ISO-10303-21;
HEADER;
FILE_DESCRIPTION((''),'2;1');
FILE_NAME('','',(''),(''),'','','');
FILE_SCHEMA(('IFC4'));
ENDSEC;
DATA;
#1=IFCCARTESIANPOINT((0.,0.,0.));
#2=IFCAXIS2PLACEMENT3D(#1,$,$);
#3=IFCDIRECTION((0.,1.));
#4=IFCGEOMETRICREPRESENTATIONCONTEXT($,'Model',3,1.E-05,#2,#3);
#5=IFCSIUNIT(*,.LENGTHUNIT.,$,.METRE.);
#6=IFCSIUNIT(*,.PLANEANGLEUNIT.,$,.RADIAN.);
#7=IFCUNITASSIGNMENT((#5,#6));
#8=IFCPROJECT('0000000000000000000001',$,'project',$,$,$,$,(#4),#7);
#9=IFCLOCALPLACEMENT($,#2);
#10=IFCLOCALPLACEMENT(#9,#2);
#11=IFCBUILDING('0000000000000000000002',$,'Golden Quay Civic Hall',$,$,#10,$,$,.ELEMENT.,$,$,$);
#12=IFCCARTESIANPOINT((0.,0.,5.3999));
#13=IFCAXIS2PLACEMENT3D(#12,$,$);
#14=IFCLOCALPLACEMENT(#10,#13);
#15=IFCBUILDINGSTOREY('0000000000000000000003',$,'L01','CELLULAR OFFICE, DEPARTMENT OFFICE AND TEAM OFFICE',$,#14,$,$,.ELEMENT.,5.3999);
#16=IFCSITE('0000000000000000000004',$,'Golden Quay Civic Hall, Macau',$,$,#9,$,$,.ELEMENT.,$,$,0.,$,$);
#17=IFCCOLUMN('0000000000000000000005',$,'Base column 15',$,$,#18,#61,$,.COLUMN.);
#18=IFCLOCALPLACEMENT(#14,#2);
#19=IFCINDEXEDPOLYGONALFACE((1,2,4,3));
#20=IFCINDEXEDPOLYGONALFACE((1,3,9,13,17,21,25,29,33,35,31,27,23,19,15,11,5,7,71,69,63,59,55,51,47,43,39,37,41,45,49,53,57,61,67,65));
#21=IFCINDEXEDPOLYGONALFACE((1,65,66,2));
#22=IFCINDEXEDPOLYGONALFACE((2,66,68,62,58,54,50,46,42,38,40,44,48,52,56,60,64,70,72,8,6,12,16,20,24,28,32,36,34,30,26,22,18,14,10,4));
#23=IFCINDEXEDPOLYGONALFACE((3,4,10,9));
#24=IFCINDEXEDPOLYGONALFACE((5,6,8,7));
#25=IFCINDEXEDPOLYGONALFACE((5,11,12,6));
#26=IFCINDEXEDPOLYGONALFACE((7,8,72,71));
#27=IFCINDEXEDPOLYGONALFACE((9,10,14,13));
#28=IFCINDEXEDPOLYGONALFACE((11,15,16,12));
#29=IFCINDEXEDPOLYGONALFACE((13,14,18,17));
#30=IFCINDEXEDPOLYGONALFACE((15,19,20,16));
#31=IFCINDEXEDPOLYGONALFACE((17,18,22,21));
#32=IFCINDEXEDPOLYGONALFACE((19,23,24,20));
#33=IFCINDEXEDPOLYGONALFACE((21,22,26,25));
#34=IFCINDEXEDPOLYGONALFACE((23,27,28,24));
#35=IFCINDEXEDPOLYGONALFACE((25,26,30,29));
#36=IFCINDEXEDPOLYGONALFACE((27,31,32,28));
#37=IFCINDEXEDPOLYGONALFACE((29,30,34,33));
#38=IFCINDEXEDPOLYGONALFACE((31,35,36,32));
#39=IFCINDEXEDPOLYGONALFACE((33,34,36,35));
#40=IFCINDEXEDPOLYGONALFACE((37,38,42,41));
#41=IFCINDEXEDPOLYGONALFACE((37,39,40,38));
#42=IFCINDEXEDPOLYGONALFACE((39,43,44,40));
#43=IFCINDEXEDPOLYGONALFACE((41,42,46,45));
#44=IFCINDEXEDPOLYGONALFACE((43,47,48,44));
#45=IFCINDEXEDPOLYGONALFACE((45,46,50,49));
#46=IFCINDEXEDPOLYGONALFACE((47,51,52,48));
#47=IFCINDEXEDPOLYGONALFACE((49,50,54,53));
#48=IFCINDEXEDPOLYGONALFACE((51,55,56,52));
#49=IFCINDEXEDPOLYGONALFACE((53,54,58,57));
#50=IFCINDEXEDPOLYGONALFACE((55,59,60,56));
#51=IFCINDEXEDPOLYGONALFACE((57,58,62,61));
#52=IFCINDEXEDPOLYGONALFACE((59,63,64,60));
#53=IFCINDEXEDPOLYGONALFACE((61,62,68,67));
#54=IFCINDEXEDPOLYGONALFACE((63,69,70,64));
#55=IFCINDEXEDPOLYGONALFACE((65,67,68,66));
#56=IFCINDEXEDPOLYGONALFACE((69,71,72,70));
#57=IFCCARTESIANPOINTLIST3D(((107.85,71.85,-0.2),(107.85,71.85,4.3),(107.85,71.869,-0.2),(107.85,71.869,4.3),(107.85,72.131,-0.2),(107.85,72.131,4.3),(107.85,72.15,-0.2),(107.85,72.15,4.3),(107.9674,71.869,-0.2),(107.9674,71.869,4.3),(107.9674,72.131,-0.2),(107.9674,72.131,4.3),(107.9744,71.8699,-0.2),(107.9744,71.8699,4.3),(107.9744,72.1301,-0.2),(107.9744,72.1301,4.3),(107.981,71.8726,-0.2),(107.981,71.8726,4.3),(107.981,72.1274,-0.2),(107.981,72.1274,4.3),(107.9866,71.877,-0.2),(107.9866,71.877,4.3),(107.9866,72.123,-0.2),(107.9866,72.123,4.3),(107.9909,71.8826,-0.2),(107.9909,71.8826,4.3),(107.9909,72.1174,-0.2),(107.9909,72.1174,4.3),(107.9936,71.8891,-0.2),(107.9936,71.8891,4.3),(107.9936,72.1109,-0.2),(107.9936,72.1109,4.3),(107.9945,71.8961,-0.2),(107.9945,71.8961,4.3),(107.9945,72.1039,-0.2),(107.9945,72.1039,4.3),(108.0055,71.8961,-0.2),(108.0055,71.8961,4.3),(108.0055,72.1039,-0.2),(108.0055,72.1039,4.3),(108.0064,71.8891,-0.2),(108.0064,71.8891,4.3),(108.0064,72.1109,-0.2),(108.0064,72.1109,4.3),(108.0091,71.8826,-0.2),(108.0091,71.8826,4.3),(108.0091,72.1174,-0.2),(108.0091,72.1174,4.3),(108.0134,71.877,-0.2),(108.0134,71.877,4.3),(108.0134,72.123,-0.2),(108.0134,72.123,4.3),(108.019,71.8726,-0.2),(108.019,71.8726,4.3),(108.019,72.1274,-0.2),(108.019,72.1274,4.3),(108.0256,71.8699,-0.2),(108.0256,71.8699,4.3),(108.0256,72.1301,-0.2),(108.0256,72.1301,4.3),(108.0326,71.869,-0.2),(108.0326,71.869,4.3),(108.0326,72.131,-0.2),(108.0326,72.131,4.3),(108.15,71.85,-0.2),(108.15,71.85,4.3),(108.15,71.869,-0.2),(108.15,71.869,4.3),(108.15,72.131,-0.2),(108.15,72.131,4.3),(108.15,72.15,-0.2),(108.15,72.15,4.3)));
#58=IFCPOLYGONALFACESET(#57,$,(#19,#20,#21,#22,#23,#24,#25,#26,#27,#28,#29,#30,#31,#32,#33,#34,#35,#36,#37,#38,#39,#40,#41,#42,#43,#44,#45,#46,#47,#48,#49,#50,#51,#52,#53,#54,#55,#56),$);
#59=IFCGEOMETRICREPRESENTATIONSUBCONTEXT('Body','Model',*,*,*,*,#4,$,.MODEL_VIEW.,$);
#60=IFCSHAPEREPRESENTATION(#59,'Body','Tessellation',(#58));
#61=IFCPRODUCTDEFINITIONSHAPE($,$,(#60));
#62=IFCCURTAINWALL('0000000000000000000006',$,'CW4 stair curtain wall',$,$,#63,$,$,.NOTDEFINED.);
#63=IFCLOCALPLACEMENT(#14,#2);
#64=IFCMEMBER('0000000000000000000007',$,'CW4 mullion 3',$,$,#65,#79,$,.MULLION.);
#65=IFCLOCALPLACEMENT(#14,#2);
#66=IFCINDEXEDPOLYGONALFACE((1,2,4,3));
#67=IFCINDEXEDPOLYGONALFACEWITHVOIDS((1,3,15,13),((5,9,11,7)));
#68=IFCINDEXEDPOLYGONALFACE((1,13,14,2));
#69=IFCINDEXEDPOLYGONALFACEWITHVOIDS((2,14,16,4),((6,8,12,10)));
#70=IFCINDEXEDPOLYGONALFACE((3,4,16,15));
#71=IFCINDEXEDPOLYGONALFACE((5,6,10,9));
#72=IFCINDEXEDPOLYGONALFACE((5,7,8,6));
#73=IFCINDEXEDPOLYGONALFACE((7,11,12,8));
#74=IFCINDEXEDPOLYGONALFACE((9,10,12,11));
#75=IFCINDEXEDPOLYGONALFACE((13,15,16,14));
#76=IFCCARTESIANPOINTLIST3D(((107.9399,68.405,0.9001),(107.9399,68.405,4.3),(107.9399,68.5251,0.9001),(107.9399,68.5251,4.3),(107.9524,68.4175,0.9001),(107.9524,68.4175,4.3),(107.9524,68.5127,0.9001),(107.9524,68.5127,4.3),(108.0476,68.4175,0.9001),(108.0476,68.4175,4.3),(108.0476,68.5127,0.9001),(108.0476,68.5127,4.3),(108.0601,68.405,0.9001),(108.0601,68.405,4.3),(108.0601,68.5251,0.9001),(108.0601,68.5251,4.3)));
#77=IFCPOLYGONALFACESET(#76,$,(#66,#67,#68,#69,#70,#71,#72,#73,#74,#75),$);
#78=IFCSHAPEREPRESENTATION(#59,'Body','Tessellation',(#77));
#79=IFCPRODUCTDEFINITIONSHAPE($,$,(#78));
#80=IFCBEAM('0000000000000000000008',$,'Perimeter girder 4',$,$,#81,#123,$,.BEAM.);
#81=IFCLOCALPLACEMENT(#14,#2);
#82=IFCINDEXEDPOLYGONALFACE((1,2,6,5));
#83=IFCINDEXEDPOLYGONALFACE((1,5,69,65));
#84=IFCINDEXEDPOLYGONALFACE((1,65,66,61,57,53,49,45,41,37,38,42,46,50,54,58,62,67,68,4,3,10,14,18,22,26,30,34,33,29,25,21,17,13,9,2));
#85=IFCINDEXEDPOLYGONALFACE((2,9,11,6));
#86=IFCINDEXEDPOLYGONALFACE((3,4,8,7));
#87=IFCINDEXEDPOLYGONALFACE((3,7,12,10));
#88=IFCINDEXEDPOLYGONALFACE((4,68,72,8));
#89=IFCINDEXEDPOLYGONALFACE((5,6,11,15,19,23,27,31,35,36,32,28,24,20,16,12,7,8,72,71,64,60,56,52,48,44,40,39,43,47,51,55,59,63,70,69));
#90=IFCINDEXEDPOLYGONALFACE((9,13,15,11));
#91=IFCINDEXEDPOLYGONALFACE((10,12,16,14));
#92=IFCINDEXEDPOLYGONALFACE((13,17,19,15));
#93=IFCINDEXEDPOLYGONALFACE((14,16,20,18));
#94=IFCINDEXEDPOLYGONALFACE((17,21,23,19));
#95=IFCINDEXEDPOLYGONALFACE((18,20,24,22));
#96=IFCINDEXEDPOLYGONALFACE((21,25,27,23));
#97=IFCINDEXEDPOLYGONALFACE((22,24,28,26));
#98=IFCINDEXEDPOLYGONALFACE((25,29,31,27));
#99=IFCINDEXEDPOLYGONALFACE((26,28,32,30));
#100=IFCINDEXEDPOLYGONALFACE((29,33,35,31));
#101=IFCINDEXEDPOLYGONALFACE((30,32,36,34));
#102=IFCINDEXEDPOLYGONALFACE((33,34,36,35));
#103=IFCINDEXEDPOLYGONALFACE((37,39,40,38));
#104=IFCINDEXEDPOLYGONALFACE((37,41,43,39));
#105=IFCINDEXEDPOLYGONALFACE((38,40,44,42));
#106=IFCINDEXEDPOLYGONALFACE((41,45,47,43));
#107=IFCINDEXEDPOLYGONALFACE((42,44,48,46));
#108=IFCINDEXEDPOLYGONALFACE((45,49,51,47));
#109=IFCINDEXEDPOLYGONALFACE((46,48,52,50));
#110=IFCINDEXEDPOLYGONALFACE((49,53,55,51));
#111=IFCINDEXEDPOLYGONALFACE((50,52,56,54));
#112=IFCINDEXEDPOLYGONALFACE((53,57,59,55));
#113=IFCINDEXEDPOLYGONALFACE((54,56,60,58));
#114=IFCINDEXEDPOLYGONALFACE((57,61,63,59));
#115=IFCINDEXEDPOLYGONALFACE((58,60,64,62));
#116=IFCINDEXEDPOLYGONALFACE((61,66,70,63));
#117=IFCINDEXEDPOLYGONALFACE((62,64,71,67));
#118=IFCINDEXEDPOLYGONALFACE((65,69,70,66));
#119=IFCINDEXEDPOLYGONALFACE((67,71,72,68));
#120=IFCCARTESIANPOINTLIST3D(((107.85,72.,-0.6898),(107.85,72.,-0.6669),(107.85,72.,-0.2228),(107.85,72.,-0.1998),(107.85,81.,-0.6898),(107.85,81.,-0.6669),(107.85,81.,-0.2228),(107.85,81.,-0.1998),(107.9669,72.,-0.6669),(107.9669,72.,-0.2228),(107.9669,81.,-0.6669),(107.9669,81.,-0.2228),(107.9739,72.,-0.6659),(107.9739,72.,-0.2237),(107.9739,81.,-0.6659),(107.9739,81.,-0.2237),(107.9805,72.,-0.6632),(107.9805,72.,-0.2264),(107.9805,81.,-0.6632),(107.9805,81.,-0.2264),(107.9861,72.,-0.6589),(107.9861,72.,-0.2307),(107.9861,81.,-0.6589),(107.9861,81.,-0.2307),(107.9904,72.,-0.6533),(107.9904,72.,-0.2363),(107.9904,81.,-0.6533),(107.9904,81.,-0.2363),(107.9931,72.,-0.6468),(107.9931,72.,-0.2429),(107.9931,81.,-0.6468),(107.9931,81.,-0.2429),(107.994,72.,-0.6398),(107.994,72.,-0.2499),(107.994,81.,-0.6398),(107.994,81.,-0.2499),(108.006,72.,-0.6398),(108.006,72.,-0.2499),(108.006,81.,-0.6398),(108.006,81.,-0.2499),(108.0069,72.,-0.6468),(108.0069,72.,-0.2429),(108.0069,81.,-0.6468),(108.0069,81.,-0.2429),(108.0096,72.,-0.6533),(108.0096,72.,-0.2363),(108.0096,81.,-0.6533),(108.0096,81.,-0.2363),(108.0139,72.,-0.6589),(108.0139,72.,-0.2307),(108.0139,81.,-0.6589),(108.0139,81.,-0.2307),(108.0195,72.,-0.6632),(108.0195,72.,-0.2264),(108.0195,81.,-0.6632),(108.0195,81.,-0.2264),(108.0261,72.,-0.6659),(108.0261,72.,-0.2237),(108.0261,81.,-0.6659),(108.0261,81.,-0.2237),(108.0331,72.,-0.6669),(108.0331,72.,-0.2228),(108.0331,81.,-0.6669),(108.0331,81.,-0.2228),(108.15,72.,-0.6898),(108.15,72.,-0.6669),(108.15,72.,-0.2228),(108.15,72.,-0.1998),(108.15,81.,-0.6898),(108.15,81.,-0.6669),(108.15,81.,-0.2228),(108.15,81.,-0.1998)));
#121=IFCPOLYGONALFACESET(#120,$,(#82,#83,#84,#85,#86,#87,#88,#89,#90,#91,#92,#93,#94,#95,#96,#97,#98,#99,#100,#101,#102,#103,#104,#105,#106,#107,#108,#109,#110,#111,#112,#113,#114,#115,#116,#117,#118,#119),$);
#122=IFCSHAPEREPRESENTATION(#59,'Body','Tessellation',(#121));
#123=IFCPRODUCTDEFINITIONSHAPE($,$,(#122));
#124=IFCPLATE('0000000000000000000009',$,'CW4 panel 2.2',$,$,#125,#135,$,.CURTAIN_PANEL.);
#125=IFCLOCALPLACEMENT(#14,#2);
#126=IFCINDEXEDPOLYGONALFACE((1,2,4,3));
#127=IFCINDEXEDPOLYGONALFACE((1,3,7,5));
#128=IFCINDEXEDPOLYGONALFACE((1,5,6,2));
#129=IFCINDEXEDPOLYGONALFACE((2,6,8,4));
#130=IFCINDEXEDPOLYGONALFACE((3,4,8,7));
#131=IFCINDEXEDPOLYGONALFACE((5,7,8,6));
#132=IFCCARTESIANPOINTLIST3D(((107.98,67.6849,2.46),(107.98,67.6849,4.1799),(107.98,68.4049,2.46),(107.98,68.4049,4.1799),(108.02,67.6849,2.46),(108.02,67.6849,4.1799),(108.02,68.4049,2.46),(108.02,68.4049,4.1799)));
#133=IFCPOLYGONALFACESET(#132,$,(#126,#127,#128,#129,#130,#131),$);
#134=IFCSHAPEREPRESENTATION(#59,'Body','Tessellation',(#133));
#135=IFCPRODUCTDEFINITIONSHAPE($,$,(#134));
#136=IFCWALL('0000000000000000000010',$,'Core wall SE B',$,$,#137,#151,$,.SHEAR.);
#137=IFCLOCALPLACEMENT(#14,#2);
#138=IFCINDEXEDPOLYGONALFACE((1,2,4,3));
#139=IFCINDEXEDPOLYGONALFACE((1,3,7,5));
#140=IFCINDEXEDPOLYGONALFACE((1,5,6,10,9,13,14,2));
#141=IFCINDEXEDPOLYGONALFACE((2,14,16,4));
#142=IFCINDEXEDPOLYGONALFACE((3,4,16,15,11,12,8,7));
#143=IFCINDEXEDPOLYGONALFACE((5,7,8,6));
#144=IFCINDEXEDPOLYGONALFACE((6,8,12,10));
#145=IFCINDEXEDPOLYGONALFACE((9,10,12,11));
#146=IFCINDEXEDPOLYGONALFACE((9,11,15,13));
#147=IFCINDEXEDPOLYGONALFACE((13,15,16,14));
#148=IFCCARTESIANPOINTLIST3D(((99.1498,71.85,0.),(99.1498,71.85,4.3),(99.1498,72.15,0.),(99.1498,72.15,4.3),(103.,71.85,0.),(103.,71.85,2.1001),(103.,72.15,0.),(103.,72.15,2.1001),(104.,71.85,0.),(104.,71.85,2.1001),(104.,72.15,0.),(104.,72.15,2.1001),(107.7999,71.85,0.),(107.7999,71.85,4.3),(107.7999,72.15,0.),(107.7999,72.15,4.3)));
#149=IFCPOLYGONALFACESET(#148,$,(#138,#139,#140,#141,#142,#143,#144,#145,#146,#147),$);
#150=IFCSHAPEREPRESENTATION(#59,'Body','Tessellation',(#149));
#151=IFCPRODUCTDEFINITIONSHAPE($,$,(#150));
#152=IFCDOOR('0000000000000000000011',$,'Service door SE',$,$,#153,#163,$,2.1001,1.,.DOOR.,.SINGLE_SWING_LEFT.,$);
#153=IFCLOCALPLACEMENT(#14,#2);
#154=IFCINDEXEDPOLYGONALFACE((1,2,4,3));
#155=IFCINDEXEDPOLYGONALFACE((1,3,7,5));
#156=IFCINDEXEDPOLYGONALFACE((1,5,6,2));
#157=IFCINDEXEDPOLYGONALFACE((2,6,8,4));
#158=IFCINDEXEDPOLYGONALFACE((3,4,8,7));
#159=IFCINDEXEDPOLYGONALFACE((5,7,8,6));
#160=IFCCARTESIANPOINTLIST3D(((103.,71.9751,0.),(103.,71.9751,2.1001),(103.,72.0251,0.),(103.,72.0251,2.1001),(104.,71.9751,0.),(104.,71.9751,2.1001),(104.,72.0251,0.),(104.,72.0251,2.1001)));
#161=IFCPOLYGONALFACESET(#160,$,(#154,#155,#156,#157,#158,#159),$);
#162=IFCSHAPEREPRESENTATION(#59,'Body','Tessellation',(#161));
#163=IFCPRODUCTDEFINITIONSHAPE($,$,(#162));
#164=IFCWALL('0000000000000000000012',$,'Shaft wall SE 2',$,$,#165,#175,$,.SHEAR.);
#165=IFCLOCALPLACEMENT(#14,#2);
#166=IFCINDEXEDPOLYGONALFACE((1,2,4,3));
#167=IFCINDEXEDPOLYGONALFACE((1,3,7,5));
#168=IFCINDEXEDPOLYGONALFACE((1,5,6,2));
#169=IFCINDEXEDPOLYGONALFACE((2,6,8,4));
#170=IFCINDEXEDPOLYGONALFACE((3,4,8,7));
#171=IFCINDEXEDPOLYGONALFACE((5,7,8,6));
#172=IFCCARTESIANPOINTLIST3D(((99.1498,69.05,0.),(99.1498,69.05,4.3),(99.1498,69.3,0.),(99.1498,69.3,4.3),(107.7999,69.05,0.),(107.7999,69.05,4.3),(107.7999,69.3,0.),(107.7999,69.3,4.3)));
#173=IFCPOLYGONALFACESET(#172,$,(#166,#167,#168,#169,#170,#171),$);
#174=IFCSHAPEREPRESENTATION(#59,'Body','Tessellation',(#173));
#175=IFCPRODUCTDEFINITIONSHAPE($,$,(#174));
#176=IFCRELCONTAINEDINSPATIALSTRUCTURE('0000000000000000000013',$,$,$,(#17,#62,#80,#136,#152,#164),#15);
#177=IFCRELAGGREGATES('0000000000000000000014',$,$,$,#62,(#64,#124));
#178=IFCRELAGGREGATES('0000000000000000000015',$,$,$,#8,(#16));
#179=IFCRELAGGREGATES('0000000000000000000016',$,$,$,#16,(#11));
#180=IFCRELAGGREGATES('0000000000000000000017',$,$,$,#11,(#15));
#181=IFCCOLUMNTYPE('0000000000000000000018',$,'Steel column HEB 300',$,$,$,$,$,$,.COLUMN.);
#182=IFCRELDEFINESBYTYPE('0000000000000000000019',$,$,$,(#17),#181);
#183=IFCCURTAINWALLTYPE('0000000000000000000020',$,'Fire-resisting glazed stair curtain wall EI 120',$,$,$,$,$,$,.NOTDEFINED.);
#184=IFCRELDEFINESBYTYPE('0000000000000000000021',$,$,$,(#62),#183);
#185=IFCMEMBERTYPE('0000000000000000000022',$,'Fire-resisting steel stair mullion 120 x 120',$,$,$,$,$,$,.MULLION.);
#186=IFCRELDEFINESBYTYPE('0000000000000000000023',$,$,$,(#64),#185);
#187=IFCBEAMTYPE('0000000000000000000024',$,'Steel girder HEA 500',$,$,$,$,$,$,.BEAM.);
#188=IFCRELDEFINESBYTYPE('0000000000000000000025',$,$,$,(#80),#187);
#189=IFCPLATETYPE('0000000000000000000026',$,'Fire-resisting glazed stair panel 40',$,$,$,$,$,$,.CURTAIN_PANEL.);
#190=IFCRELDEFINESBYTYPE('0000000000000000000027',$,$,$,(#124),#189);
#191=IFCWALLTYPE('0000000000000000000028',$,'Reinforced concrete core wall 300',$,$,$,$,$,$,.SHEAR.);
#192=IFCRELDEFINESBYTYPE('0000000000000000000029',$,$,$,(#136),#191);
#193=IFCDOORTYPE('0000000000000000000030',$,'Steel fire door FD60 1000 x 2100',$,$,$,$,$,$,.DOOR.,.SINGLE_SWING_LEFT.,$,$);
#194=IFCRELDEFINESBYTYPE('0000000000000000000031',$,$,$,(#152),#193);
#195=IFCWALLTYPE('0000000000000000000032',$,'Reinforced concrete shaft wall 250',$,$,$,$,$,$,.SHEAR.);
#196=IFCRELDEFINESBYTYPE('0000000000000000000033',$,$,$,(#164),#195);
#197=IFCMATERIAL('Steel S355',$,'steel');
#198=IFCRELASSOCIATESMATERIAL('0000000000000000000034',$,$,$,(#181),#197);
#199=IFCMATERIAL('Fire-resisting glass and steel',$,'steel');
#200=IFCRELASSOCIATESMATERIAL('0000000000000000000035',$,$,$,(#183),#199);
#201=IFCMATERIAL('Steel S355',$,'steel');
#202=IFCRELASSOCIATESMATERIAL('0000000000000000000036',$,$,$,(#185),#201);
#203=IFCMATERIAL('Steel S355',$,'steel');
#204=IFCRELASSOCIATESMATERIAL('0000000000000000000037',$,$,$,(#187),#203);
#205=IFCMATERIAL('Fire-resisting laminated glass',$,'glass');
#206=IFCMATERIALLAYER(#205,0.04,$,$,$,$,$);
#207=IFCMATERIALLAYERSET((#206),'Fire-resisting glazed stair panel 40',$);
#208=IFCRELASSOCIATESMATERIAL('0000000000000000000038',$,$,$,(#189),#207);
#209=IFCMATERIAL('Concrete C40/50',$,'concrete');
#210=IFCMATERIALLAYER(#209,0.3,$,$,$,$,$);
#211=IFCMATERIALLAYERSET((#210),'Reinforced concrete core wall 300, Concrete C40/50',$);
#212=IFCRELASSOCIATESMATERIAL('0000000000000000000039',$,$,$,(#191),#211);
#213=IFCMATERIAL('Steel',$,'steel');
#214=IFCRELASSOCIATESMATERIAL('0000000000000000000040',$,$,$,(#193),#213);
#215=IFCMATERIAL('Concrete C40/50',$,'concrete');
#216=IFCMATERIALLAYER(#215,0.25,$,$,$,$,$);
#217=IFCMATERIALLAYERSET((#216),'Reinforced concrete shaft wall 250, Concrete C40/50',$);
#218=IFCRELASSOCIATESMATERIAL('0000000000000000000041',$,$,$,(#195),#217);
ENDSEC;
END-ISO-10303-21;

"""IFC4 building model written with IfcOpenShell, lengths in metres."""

from ifc_helpers import new_model, si_unit, direction, frame, frame_2d, origin, origin_2d, place, context, subcontext, project, spatial, rectangle, hollow_rectangle, i_section, extrude, material, layer, layer_set, material_profile, profile_set, type_object, element, fill, aggregate, save


model = new_model("IFC4")

# Units and contexts
model_context = context("Model", 3, precision=1e-05, world=origin(), true_north=direction((0.0, 1.0)))
body_context = subcontext(model_context, "Body", "Model", "MODEL_VIEW")
ifc_project = project(units=[si_unit("LENGTHUNIT", "METRE"), si_unit("PLANEANGLEUNIT", "RADIAN")], contexts=[model_context])

# Site, building, storey
site_placement = place(None, origin())
site = spatial("IfcSite", under=ifc_project, at=site_placement, Name="Golden Quay Civic Hall, Macau", CompositionType="ELEMENT", RefElevation=0.0)
building_placement = place(site_placement, origin())
building = spatial("IfcBuilding", under=site, at=building_placement, Name="Golden Quay Civic Hall", CompositionType="ELEMENT")
storey_placement = place(building_placement, frame((0.0, 0.0, 5.3999)))
storey = spatial("IfcBuildingStorey", under=building, at=storey_placement, Name="L01", Description="CELLULAR OFFICE, DEPARTMENT OFFICE AND TEAM OFFICE", CompositionType="ELEMENT", Elevation=5.3999)

# Column
ifc_material_1 = material(Name="Steel S355", Category="steel")
ifc_material_profile_1 = material_profile(ifc_material_1, i_section(OverallWidth=0.3, OverallDepth=0.3, WebThickness=0.011, FlangeThickness=0.019, FilletRadius=0.0271, at=origin_2d()), Name="HEB 300")
ifc_profile_set_1 = profile_set([ifc_material_profile_1], Name="Steel S355")
column_type = type_object("IfcColumnType", Name="Steel column HEB 300", PredefinedType="COLUMN", material=ifc_profile_set_1)
column_placement = place(storey_placement, frame((108.0, 72.0, -0.2), z_axis=(0.0, 0.0, 1.0), x_axis=(1.0, 0.0, 0.0)))
element("IfcColumn", 1, at=column_placement, inside=storey, type_object=column_type, Name="Base column 15", PredefinedType="COLUMN", context=body_context, shape_type="SweptSolid", body=[
    extrude(i_section(OverallWidth=0.3, OverallDepth=0.3, WebThickness=0.011, FlangeThickness=0.019, FilletRadius=0.0271, at=origin_2d()), origin(), (0.0, 0.0, 1.0), 4.5),
])

# Curtain wall, member
ifc_material_2 = material(Name="Fire-resisting glass and steel", Category="steel")
curtain_wall_type = type_object("IfcCurtainWallType", Name="Fire-resisting glazed stair curtain wall EI 120", PredefinedType="NOTDEFINED", material=ifc_material_2)
curtain_wall_placement = place(storey_placement, origin())
curtain_wall = element("IfcCurtainWall", 2, at=curtain_wall_placement, inside=storey, type_object=curtain_wall_type, Name="CW4 stair curtain wall", PredefinedType="NOTDEFINED")
ifc_material_3 = material(Name="Steel S355", Category="steel")
ifc_material_profile_2 = material_profile(ifc_material_3, hollow_rectangle(XDim=0.1201, YDim=0.1201, WallThickness=0.0125, at=origin_2d()), Name="SHS 120x120x12.5")
ifc_profile_set_2 = profile_set([ifc_material_profile_2], Name="Steel S355")
member_type = type_object("IfcMemberType", Name="Fire-resisting steel stair mullion 120 x 120", PredefinedType="MULLION", material=ifc_profile_set_2)
member_placement = place(storey_placement, frame((108.0, 68.4651, 0.9001), z_axis=(0.0, 0.0, 1.0), x_axis=(-1.0, 0.0, 0.0)))
member = element("IfcMember", 3, at=member_placement, type_object=member_type, Name="CW4 mullion 3", PredefinedType="MULLION", context=body_context, shape_type="SweptSolid", body=[
    extrude(hollow_rectangle(XDim=0.1201, YDim=0.1201, WallThickness=0.0125, at=origin_2d()), origin(), (0.0, 0.0, 1.0), 3.3999),
])

# Beam
ifc_material_4 = material(Name="Steel S355", Category="steel")
ifc_material_profile_3 = material_profile(ifc_material_4, i_section(OverallWidth=0.3, OverallDepth=0.49, WebThickness=0.012, FlangeThickness=0.0229, FilletRadius=0.0271, at=origin_2d()), Name="HEA 500")
ifc_profile_set_3 = profile_set([ifc_material_profile_3], Name="Steel S355")
beam_type = type_object("IfcBeamType", Name="Steel girder HEA 500", PredefinedType="BEAM", material=ifc_profile_set_3)
beam_placement = place(storey_placement, frame((108.0, 72.0, -0.4448), z_axis=(0.0, 1.0, 0.0), x_axis=(-1.0, 0.0, 0.0)))
element("IfcBeam", 4, at=beam_placement, inside=storey, type_object=beam_type, Name="Perimeter girder 4", PredefinedType="BEAM", context=body_context, shape_type="SweptSolid", body=[
    extrude(i_section(OverallWidth=0.3, OverallDepth=0.49, WebThickness=0.012, FlangeThickness=0.0229, FilletRadius=0.0271, at=origin_2d()), origin(), (0.0, 0.0, 1.0), 9.0),
])

# Plate
ifc_material_5 = material(Name="Fire-resisting laminated glass", Category="glass")
ifc_layer_1 = layer(ifc_material_5, 0.04)
ifc_layer_set_1 = layer_set([ifc_layer_1], Name="Fire-resisting glazed stair panel 40")
plate_type = type_object("IfcPlateType", Name="Fire-resisting glazed stair panel 40", PredefinedType="CURTAIN_PANEL", material=ifc_layer_set_1)
plate_placement = place(storey_placement, frame((108.0, 68.0449, 2.46), z_axis=(0.0, 0.0, 1.0), x_axis=(0.0, 1.0, 0.0)))
plate = element("IfcPlate", 5, at=plate_placement, type_object=plate_type, Name="CW4 panel 2.2", PredefinedType="CURTAIN_PANEL", context=body_context, shape_type="SweptSolid", body=[
    extrude(rectangle(XDim=0.72, YDim=0.04, at=origin_2d()), origin(), (0.0, 0.0, 1.0), 1.72),
])
aggregate(curtain_wall, [member, plate])

# Wall, opening, door
ifc_material_6 = material(Name="Concrete C40/50", Category="concrete")
ifc_layer_2 = layer(ifc_material_6, 0.3)
ifc_layer_set_2 = layer_set([ifc_layer_2], Name="Reinforced concrete core wall 300, Concrete C40/50")
wall_type_1 = type_object("IfcWallType", Name="Reinforced concrete core wall 300", PredefinedType="SHEAR", material=ifc_layer_set_2)
wall_1_placement = place(storey_placement, frame((107.8, 72.0, 0.0), z_axis=(0.0, 0.0, 1.0), x_axis=(-1.0, 0.0, 0.0)))
wall_1 = element("IfcWall", 6, at=wall_1_placement, inside=storey, type_object=wall_type_1, Name="Core wall SE B", PredefinedType="SHEAR", context=body_context, shape_type="SweptSolid", body=[
    extrude(rectangle(XDim=8.6501, YDim=0.3, at=frame_2d((4.3252, 0.0))), origin(), (0.0, 0.0, 1.0), 4.3),
])
opening_placement = place(wall_1_placement, frame((3.8, 0.0, 0.0)))
opening = element("IfcOpeningElement", 7, at=opening_placement, cuts=wall_1, PredefinedType="OPENING", context=body_context, shape_type="SweptSolid", body=[
    extrude(rectangle(XDim=1.0, YDim=2.1001, at=frame_2d((0.5, 1.05))), frame((0.0, 0.1599, 0.0), z_axis=(0.0, -1.0, 0.0), x_axis=(1.0, 0.0, 0.0)), (0.0, 0.0, 1.0), 0.3201),
])
ifc_material_7 = material(Name="Steel", Category="steel")
door_type = type_object("IfcDoorType", Name="Steel fire door FD60 1000 x 2100", OperationType="SINGLE_SWING_LEFT", PredefinedType="DOOR", material=ifc_material_7)
door_placement = place(opening_placement, origin())
door = element("IfcDoor", 8, at=door_placement, inside=storey, type_object=door_type, Name="Service door SE", OperationType="SINGLE_SWING_LEFT", OverallHeight=2.1001, OverallWidth=1.0, PredefinedType="DOOR", context=body_context, shape_type="SweptSolid", body=[
    extrude(rectangle(XDim=1.0, YDim=2.1001, at=frame_2d((0.5, 1.05))), frame((0.0, 0.0249, 0.0), z_axis=(0.0, -1.0, 0.0), x_axis=(1.0, 0.0, 0.0)), (0.0, 0.0, 1.0), 0.05),
])
fill(opening, door)

# Wall
ifc_material_8 = material(Name="Concrete C40/50", Category="concrete")
ifc_layer_3 = layer(ifc_material_8, 0.25)
ifc_layer_set_3 = layer_set([ifc_layer_3], Name="Reinforced concrete shaft wall 250, Concrete C40/50")
wall_type_2 = type_object("IfcWallType", Name="Reinforced concrete shaft wall 250", PredefinedType="SHEAR", material=ifc_layer_set_3)
wall_2_placement = place(storey_placement, frame((107.8, 69.175, 0.0), z_axis=(0.0, 0.0, 1.0), x_axis=(-1.0, 0.0, 0.0)))
element("IfcWall", 9, at=wall_2_placement, inside=storey, type_object=wall_type_2, Name="Shaft wall SE 2", PredefinedType="SHEAR", context=body_context, shape_type="SweptSolid", body=[
    extrude(rectangle(XDim=8.6501, YDim=0.25, at=frame_2d((4.3252, 0.0))), origin(), (0.0, 0.0, 1.0), 4.3),
])

save(model, "model.ifc")
